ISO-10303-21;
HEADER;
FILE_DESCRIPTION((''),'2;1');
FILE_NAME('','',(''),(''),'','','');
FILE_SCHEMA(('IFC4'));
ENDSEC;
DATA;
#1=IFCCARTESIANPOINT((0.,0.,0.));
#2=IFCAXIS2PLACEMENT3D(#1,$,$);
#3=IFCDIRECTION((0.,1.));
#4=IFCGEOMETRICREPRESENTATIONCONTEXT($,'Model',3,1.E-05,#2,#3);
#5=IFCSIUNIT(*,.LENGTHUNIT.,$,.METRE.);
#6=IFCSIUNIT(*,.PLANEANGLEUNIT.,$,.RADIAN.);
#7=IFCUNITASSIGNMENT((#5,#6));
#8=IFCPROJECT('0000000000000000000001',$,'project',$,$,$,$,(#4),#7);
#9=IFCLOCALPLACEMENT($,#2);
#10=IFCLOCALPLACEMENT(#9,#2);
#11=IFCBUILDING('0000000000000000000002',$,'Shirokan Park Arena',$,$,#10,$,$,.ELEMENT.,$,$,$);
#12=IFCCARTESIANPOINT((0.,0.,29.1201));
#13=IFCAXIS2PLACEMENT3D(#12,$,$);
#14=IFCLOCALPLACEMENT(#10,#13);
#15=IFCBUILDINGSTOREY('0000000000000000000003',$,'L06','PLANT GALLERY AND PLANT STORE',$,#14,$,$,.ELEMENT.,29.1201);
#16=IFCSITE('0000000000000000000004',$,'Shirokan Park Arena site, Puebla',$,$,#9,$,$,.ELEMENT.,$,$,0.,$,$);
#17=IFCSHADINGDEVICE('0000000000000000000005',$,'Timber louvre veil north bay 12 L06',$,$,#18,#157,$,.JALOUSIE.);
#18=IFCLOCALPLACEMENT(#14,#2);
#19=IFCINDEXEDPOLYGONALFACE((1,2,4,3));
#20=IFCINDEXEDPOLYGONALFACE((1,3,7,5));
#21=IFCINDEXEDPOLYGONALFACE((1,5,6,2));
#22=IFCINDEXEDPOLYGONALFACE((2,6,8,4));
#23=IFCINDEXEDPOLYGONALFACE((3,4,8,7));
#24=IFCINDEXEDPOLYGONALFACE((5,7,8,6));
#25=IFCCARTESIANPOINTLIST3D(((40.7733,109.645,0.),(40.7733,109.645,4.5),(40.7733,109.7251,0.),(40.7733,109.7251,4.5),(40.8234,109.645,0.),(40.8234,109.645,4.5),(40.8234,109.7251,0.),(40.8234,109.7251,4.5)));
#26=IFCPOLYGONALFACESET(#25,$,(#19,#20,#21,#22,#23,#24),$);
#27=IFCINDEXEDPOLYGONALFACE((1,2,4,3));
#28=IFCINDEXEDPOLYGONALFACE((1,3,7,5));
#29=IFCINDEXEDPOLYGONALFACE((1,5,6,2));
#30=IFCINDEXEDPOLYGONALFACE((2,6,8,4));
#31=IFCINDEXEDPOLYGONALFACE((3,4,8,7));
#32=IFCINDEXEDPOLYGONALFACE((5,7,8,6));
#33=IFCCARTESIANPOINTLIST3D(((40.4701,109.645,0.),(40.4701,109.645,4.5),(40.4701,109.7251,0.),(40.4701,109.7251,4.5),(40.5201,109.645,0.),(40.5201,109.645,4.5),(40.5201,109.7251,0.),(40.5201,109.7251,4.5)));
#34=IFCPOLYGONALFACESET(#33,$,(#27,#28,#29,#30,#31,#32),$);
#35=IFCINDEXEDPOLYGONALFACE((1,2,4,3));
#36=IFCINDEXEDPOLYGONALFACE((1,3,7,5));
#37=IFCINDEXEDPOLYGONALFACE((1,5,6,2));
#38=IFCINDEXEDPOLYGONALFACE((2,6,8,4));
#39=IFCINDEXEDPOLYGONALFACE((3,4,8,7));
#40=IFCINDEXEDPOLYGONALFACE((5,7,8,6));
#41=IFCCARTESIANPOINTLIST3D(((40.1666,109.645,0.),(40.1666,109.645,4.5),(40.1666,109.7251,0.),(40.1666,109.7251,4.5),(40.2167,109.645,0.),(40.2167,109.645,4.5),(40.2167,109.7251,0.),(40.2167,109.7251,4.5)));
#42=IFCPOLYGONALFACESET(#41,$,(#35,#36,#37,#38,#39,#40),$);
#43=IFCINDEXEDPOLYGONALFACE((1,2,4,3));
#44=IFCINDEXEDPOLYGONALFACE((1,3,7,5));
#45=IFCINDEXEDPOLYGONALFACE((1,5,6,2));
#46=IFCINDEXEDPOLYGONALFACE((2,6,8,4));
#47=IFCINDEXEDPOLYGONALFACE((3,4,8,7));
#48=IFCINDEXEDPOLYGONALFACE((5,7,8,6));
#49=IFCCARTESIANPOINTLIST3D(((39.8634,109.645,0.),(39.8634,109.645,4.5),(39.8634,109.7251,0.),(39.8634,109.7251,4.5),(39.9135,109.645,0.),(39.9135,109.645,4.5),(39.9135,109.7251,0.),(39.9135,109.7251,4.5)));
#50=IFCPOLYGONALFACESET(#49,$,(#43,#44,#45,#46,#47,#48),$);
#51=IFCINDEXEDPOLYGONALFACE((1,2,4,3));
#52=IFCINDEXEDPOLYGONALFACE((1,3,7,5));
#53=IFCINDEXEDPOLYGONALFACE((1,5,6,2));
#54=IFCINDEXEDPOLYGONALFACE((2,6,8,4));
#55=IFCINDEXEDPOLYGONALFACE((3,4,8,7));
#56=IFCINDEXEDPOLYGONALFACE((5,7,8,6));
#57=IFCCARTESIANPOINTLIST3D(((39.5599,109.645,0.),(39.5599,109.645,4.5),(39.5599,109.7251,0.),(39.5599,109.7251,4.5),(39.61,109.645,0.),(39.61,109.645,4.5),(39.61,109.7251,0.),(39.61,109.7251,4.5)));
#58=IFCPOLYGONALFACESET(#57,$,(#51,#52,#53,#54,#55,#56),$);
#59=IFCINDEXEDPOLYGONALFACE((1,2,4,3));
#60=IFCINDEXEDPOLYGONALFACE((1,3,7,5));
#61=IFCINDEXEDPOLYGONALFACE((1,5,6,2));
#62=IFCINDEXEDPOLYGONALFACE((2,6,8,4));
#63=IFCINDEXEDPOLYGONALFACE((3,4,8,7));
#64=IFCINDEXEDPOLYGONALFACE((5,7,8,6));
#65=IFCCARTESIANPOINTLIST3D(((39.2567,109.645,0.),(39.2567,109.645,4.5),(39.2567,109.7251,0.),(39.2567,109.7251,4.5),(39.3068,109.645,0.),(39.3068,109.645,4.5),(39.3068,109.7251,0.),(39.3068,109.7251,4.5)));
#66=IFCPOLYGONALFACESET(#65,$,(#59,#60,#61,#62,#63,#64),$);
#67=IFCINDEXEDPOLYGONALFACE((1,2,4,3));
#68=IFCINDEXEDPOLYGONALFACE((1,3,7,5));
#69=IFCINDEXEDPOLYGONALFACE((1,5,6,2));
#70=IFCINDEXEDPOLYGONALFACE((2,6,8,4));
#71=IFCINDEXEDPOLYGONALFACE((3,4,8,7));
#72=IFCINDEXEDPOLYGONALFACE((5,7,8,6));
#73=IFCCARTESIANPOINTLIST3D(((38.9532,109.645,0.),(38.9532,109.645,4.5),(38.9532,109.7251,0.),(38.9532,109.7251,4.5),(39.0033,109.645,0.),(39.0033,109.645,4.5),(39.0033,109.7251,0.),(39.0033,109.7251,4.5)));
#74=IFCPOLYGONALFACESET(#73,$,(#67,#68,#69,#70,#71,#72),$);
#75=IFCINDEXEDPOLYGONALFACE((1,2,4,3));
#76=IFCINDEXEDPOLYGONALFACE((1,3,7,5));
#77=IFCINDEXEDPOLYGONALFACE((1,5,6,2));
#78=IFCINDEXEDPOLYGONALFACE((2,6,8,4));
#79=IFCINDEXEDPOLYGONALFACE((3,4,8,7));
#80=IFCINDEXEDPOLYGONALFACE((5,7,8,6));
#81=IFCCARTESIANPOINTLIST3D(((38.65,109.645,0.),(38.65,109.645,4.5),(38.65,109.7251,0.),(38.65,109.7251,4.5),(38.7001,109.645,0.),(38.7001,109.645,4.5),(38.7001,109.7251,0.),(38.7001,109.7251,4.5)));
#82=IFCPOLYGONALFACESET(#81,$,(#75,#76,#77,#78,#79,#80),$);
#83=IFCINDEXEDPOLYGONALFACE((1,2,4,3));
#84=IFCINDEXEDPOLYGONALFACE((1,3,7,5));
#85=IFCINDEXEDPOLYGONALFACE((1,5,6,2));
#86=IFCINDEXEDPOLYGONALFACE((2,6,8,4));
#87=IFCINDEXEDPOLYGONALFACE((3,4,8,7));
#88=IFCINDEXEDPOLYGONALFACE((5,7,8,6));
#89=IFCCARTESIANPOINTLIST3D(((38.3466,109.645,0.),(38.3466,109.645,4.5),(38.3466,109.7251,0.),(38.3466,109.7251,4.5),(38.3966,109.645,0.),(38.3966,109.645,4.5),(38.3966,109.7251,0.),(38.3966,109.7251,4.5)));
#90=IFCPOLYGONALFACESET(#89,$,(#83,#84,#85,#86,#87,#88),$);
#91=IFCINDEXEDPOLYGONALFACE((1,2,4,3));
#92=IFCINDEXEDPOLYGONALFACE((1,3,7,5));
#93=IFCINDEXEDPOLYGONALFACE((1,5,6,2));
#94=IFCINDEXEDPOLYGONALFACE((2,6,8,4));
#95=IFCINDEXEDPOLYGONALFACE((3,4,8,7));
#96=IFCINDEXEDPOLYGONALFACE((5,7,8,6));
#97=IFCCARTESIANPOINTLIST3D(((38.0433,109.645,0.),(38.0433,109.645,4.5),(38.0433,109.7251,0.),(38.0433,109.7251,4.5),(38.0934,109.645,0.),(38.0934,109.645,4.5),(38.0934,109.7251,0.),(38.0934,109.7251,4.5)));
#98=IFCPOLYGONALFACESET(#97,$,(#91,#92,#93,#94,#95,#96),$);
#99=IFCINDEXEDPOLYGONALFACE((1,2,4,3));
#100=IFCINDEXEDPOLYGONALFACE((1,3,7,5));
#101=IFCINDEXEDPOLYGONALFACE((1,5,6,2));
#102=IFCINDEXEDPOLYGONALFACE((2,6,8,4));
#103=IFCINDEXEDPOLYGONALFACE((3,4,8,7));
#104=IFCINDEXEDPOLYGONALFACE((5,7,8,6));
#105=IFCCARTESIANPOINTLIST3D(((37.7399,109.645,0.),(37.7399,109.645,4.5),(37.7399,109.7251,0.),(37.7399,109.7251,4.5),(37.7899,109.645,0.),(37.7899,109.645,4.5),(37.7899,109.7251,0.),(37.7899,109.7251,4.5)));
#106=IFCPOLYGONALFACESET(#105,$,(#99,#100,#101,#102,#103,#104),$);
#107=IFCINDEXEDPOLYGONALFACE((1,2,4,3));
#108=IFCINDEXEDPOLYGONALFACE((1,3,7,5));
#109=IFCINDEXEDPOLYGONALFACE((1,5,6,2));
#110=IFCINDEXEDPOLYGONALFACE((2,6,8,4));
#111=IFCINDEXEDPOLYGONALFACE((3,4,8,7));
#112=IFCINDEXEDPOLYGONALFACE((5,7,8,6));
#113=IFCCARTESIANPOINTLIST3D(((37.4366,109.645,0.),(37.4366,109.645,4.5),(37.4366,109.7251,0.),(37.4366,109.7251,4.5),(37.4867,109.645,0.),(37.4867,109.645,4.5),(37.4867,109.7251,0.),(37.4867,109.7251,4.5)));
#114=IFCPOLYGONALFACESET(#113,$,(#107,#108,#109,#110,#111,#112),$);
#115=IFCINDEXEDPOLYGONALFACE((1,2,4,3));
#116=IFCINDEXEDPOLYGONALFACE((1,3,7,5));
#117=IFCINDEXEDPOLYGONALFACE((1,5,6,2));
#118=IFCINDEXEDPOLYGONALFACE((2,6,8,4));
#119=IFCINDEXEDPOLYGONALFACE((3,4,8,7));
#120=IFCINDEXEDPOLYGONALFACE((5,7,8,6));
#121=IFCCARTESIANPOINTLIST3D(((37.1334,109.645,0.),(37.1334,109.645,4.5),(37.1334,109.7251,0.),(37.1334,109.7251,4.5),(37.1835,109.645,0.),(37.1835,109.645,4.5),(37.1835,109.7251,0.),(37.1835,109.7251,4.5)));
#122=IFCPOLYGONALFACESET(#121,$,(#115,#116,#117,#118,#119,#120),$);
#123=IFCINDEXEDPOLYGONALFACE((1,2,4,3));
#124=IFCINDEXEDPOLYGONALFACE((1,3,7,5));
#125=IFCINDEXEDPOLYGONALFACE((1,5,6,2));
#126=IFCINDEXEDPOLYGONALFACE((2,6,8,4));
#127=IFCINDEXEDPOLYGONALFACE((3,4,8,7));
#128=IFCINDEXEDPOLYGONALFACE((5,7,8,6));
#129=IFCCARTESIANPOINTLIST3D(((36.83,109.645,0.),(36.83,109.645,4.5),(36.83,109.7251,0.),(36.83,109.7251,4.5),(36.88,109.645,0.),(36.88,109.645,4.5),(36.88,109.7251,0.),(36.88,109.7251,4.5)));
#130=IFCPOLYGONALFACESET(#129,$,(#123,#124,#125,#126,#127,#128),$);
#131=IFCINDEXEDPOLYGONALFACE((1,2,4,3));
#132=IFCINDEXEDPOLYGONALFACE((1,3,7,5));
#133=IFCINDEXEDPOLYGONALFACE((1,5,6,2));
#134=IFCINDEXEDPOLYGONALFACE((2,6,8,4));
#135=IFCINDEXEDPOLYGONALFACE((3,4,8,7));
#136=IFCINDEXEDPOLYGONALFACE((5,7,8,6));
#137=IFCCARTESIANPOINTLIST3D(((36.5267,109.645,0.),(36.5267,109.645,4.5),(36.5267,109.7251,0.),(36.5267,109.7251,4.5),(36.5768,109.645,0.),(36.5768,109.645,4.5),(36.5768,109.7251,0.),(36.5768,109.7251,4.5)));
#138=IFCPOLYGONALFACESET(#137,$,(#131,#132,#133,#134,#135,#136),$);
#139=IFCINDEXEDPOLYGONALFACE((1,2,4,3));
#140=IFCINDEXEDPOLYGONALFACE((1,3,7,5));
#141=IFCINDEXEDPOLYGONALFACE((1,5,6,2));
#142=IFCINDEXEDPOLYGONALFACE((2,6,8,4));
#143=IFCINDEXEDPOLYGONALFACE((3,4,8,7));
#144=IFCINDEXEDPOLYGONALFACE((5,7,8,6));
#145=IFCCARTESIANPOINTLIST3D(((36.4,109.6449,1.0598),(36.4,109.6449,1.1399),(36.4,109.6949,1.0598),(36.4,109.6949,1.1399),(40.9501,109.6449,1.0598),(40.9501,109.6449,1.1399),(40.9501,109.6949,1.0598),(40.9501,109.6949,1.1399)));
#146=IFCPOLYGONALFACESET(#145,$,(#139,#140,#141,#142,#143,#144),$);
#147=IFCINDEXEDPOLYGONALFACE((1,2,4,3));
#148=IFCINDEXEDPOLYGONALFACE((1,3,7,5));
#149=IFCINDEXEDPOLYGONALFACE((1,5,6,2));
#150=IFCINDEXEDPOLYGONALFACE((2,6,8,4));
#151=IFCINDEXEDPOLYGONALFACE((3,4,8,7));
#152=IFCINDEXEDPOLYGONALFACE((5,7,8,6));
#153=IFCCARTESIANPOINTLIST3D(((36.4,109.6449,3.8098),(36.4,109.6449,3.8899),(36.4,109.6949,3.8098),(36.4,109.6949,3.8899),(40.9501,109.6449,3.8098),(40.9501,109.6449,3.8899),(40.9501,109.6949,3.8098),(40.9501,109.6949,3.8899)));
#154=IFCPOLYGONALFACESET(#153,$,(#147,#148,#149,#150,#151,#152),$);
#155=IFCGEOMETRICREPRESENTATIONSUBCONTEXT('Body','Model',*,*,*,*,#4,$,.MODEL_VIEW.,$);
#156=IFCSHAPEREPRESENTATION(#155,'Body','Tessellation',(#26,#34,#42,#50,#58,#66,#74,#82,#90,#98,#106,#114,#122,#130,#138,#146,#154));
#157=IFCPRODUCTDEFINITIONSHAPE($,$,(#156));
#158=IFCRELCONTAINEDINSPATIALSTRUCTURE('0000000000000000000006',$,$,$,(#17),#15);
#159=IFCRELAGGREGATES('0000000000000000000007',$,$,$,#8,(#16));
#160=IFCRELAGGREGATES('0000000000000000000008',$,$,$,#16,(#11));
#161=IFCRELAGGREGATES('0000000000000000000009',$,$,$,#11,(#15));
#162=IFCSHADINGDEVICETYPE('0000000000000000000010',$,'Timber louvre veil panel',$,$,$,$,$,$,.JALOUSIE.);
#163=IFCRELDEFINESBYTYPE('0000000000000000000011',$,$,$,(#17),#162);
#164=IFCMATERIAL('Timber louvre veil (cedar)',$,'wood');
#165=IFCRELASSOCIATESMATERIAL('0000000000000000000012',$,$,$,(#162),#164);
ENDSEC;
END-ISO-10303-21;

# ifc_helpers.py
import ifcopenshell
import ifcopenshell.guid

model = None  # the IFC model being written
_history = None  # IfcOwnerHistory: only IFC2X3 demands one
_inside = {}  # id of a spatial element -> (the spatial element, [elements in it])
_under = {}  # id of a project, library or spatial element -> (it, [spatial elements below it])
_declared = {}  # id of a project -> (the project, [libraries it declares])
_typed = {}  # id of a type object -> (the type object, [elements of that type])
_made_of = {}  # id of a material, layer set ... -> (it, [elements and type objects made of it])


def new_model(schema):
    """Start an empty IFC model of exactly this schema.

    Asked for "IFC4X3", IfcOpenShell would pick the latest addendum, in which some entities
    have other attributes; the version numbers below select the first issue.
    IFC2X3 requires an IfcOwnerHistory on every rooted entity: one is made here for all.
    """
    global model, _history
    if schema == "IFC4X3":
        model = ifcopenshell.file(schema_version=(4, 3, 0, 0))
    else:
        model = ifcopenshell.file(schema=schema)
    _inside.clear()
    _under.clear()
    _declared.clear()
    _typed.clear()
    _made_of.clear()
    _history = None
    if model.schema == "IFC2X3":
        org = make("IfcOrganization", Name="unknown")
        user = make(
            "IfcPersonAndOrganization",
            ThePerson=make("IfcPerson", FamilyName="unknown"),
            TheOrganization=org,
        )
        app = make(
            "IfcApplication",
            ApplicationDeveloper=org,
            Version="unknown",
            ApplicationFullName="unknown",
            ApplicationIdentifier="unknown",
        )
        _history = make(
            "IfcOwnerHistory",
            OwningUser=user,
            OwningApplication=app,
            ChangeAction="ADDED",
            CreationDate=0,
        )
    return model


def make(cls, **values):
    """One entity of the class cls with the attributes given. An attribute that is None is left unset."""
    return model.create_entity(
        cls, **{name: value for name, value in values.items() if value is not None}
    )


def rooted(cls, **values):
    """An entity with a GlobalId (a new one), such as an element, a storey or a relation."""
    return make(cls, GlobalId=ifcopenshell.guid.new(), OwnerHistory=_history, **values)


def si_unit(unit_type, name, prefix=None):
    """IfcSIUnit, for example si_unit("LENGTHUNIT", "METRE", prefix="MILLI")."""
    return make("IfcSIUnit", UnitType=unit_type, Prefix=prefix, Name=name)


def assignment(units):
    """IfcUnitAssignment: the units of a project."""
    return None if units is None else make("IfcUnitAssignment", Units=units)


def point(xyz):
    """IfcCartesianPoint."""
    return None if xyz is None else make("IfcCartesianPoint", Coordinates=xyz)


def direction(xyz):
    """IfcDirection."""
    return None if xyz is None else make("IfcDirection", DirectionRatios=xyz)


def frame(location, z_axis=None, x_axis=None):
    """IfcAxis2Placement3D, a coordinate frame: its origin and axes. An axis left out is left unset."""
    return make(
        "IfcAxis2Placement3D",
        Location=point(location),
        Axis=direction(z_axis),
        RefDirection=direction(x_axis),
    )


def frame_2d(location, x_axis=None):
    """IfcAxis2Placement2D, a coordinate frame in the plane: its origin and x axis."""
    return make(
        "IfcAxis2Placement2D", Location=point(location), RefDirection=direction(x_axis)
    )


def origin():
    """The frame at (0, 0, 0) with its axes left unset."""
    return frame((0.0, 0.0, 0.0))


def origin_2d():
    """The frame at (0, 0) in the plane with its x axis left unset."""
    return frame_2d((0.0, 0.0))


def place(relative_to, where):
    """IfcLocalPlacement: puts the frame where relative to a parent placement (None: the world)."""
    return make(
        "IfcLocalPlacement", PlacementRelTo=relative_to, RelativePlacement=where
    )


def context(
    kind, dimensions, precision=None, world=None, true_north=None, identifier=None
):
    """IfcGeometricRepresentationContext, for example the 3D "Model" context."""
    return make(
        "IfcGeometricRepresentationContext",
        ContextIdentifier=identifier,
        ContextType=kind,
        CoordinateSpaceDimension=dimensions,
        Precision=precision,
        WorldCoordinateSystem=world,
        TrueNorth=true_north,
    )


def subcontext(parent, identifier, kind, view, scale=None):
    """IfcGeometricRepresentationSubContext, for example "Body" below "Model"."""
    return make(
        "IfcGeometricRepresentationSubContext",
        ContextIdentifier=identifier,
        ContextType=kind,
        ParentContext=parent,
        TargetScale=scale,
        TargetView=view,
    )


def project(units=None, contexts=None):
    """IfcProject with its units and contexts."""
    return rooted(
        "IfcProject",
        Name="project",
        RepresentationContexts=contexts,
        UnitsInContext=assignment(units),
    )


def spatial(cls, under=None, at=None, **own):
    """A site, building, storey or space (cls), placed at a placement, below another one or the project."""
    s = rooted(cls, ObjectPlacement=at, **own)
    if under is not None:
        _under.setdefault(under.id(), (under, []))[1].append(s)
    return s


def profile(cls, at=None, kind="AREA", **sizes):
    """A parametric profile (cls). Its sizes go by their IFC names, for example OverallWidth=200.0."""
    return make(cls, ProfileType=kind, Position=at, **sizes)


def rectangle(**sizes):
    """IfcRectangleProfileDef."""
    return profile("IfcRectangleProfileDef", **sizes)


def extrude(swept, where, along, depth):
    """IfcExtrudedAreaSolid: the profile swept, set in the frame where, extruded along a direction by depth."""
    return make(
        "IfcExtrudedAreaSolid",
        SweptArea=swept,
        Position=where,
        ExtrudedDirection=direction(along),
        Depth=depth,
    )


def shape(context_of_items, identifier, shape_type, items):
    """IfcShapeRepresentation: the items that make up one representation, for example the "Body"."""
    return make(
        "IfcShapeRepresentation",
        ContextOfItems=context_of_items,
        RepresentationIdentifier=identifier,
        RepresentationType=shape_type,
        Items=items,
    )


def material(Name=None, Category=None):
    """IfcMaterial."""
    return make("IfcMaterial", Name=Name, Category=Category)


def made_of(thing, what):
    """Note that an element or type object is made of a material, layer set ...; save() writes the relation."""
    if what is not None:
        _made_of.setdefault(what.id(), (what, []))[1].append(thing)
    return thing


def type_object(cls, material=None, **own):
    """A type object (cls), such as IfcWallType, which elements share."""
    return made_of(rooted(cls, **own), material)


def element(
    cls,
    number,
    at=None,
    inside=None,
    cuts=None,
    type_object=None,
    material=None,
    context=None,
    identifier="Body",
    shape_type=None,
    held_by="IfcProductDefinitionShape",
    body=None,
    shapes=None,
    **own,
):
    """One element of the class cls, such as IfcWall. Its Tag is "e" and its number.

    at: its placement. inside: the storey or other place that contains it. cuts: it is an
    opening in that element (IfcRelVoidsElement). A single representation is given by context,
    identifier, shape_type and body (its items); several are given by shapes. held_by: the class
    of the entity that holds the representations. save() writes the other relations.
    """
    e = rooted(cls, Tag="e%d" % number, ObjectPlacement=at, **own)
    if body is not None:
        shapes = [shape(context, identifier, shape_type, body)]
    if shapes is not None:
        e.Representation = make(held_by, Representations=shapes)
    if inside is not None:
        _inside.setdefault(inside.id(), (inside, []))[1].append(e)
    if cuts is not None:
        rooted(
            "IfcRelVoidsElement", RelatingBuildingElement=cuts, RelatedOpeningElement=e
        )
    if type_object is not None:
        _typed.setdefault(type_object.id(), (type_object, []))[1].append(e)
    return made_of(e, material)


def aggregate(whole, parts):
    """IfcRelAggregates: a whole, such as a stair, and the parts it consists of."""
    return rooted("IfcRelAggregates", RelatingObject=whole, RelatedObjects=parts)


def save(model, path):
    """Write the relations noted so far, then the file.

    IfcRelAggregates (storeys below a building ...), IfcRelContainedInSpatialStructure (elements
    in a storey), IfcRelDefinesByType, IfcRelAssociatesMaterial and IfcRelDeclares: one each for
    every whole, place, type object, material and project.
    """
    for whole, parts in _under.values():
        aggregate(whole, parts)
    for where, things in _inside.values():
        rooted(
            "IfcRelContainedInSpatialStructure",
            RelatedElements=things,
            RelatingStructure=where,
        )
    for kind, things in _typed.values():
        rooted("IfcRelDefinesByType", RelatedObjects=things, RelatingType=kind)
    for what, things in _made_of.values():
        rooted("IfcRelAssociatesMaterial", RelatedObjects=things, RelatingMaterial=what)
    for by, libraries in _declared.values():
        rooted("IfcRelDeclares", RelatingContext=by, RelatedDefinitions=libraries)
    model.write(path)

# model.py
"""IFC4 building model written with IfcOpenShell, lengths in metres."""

from ifc_helpers import new_model, si_unit, direction, frame, origin, origin_2d, place, context, subcontext, project, spatial, rectangle, extrude, material, type_object, element, save


model = new_model("IFC4")

# Units and contexts
model_context = context("Model", 3, precision=1e-05, world=origin(), true_north=direction((0.0, 1.0)))
body_context = subcontext(model_context, "Body", "Model", "MODEL_VIEW")
ifc_project = project(units=[si_unit("LENGTHUNIT", "METRE"), si_unit("PLANEANGLEUNIT", "RADIAN")], contexts=[model_context])

# Site, building, storey
site_placement = place(None, origin())
site = spatial("IfcSite", under=ifc_project, at=site_placement, Name="Shirokan Park Arena site, Puebla", CompositionType="ELEMENT", RefElevation=0.0)
building_placement = place(site_placement, origin())
building = spatial("IfcBuilding", under=site, at=building_placement, Name="Shirokan Park Arena", CompositionType="ELEMENT")
storey_placement = place(building_placement, frame((0.0, 0.0, 29.1201)))
storey = spatial("IfcBuildingStorey", under=building, at=storey_placement, Name="L06", Description="PLANT GALLERY AND PLANT STORE", CompositionType="ELEMENT", Elevation=29.1201)

# Shading device
ifc_material_1 = material(Name="Timber louvre veil (cedar)", Category="wood")
shading_device_type = type_object("IfcShadingDeviceType", Name="Timber louvre veil panel", PredefinedType="JALOUSIE", material=ifc_material_1)
shading_device_1_placement = place(storey_placement, origin())
element("IfcShadingDevice", 1, at=shading_device_1_placement, inside=storey, type_object=shading_device_type, Name="Timber louvre veil north bay 12 L06", PredefinedType="JALOUSIE", context=body_context, shape_type="SweptSolid", body=[
    extrude(rectangle(XDim=0.05, YDim=0.0801, at=origin_2d()), frame((40.7983, 109.6851, 0.0), z_axis=(0.0, 0.0, 1.0), x_axis=(-1.0, 0.0, 0.0)), (0.0, 0.0, 1.0), 4.5),
    extrude(rectangle(XDim=0.05, YDim=0.0801, at=origin_2d()), frame((40.4951, 109.6851, 0.0), z_axis=(0.0, 0.0, 1.0), x_axis=(-1.0, 0.0, 0.0)), (0.0, 0.0, 1.0), 4.5),
    extrude(rectangle(XDim=0.05, YDim=0.0801, at=origin_2d()), frame((40.1917, 109.6851, 0.0), z_axis=(0.0, 0.0, 1.0), x_axis=(-1.0, 0.0, 0.0)), (0.0, 0.0, 1.0), 4.5),
    extrude(rectangle(XDim=0.05, YDim=0.0801, at=origin_2d()), frame((39.8884, 109.6851, 0.0), z_axis=(0.0, 0.0, 1.0), x_axis=(-1.0, 0.0, 0.0)), (0.0, 0.0, 1.0), 4.5),
    extrude(rectangle(XDim=0.05, YDim=0.0801, at=origin_2d()), frame((39.585, 109.6851, 0.0), z_axis=(0.0, 0.0, 1.0), x_axis=(-1.0, 0.0, 0.0)), (0.0, 0.0, 1.0), 4.5),
    extrude(rectangle(XDim=0.05, YDim=0.0801, at=origin_2d()), frame((39.2817, 109.6851, 0.0), z_axis=(0.0, 0.0, 1.0), x_axis=(-1.0, 0.0, 0.0)), (0.0, 0.0, 1.0), 4.5),
    extrude(rectangle(XDim=0.05, YDim=0.0801, at=origin_2d()), frame((38.9783, 109.6851, 0.0), z_axis=(0.0, 0.0, 1.0), x_axis=(-1.0, 0.0, 0.0)), (0.0, 0.0, 1.0), 4.5),
    extrude(rectangle(XDim=0.05, YDim=0.0801, at=origin_2d()), frame((38.675, 109.6851, 0.0), z_axis=(0.0, 0.0, 1.0), x_axis=(-1.0, 0.0, 0.0)), (0.0, 0.0, 1.0), 4.5),
    extrude(rectangle(XDim=0.05, YDim=0.0801, at=origin_2d()), frame((38.3716, 109.6851, 0.0), z_axis=(0.0, 0.0, 1.0), x_axis=(-1.0, 0.0, 0.0)), (0.0, 0.0, 1.0), 4.5),
    extrude(rectangle(XDim=0.05, YDim=0.0801, at=origin_2d()), frame((38.0684, 109.6851, 0.0), z_axis=(0.0, 0.0, 1.0), x_axis=(-1.0, 0.0, 0.0)), (0.0, 0.0, 1.0), 4.5),
    extrude(rectangle(XDim=0.05, YDim=0.0801, at=origin_2d()), frame((37.7649, 109.6851, 0.0), z_axis=(0.0, 0.0, 1.0), x_axis=(-1.0, 0.0, 0.0)), (0.0, 0.0, 1.0), 4.5),
    extrude(rectangle(XDim=0.05, YDim=0.0801, at=origin_2d()), frame((37.4617, 109.6851, 0.0), z_axis=(0.0, 0.0, 1.0), x_axis=(-1.0, 0.0, 0.0)), (0.0, 0.0, 1.0), 4.5),
    extrude(rectangle(XDim=0.05, YDim=0.0801, at=origin_2d()), frame((37.1584, 109.6851, 0.0), z_axis=(0.0, 0.0, 1.0), x_axis=(-1.0, 0.0, 0.0)), (0.0, 0.0, 1.0), 4.5),
    extrude(rectangle(XDim=0.05, YDim=0.0801, at=origin_2d()), frame((36.855, 109.6851, 0.0), z_axis=(0.0, 0.0, 1.0), x_axis=(-1.0, 0.0, 0.0)), (0.0, 0.0, 1.0), 4.5),
    extrude(rectangle(XDim=0.05, YDim=0.0801, at=origin_2d()), frame((36.5518, 109.6851, 0.0), z_axis=(0.0, 0.0, 1.0), x_axis=(-1.0, 0.0, 0.0)), (0.0, 0.0, 1.0), 4.5),
    extrude(rectangle(XDim=4.55, YDim=0.05, at=origin_2d()), frame((38.675, 109.6699, 1.0598), z_axis=(0.0, 0.0, 1.0), x_axis=(-1.0, 0.0, 0.0)), (0.0, 0.0, 1.0), 0.0801),
    extrude(rectangle(XDim=4.55, YDim=0.05, at=origin_2d()), frame((38.675, 109.6699, 3.8098), z_axis=(0.0, 0.0, 1.0), x_axis=(-1.0, 0.0, 0.0)), (0.0, 0.0, 1.0), 0.0801),
])

save(model, "model.ifc")
